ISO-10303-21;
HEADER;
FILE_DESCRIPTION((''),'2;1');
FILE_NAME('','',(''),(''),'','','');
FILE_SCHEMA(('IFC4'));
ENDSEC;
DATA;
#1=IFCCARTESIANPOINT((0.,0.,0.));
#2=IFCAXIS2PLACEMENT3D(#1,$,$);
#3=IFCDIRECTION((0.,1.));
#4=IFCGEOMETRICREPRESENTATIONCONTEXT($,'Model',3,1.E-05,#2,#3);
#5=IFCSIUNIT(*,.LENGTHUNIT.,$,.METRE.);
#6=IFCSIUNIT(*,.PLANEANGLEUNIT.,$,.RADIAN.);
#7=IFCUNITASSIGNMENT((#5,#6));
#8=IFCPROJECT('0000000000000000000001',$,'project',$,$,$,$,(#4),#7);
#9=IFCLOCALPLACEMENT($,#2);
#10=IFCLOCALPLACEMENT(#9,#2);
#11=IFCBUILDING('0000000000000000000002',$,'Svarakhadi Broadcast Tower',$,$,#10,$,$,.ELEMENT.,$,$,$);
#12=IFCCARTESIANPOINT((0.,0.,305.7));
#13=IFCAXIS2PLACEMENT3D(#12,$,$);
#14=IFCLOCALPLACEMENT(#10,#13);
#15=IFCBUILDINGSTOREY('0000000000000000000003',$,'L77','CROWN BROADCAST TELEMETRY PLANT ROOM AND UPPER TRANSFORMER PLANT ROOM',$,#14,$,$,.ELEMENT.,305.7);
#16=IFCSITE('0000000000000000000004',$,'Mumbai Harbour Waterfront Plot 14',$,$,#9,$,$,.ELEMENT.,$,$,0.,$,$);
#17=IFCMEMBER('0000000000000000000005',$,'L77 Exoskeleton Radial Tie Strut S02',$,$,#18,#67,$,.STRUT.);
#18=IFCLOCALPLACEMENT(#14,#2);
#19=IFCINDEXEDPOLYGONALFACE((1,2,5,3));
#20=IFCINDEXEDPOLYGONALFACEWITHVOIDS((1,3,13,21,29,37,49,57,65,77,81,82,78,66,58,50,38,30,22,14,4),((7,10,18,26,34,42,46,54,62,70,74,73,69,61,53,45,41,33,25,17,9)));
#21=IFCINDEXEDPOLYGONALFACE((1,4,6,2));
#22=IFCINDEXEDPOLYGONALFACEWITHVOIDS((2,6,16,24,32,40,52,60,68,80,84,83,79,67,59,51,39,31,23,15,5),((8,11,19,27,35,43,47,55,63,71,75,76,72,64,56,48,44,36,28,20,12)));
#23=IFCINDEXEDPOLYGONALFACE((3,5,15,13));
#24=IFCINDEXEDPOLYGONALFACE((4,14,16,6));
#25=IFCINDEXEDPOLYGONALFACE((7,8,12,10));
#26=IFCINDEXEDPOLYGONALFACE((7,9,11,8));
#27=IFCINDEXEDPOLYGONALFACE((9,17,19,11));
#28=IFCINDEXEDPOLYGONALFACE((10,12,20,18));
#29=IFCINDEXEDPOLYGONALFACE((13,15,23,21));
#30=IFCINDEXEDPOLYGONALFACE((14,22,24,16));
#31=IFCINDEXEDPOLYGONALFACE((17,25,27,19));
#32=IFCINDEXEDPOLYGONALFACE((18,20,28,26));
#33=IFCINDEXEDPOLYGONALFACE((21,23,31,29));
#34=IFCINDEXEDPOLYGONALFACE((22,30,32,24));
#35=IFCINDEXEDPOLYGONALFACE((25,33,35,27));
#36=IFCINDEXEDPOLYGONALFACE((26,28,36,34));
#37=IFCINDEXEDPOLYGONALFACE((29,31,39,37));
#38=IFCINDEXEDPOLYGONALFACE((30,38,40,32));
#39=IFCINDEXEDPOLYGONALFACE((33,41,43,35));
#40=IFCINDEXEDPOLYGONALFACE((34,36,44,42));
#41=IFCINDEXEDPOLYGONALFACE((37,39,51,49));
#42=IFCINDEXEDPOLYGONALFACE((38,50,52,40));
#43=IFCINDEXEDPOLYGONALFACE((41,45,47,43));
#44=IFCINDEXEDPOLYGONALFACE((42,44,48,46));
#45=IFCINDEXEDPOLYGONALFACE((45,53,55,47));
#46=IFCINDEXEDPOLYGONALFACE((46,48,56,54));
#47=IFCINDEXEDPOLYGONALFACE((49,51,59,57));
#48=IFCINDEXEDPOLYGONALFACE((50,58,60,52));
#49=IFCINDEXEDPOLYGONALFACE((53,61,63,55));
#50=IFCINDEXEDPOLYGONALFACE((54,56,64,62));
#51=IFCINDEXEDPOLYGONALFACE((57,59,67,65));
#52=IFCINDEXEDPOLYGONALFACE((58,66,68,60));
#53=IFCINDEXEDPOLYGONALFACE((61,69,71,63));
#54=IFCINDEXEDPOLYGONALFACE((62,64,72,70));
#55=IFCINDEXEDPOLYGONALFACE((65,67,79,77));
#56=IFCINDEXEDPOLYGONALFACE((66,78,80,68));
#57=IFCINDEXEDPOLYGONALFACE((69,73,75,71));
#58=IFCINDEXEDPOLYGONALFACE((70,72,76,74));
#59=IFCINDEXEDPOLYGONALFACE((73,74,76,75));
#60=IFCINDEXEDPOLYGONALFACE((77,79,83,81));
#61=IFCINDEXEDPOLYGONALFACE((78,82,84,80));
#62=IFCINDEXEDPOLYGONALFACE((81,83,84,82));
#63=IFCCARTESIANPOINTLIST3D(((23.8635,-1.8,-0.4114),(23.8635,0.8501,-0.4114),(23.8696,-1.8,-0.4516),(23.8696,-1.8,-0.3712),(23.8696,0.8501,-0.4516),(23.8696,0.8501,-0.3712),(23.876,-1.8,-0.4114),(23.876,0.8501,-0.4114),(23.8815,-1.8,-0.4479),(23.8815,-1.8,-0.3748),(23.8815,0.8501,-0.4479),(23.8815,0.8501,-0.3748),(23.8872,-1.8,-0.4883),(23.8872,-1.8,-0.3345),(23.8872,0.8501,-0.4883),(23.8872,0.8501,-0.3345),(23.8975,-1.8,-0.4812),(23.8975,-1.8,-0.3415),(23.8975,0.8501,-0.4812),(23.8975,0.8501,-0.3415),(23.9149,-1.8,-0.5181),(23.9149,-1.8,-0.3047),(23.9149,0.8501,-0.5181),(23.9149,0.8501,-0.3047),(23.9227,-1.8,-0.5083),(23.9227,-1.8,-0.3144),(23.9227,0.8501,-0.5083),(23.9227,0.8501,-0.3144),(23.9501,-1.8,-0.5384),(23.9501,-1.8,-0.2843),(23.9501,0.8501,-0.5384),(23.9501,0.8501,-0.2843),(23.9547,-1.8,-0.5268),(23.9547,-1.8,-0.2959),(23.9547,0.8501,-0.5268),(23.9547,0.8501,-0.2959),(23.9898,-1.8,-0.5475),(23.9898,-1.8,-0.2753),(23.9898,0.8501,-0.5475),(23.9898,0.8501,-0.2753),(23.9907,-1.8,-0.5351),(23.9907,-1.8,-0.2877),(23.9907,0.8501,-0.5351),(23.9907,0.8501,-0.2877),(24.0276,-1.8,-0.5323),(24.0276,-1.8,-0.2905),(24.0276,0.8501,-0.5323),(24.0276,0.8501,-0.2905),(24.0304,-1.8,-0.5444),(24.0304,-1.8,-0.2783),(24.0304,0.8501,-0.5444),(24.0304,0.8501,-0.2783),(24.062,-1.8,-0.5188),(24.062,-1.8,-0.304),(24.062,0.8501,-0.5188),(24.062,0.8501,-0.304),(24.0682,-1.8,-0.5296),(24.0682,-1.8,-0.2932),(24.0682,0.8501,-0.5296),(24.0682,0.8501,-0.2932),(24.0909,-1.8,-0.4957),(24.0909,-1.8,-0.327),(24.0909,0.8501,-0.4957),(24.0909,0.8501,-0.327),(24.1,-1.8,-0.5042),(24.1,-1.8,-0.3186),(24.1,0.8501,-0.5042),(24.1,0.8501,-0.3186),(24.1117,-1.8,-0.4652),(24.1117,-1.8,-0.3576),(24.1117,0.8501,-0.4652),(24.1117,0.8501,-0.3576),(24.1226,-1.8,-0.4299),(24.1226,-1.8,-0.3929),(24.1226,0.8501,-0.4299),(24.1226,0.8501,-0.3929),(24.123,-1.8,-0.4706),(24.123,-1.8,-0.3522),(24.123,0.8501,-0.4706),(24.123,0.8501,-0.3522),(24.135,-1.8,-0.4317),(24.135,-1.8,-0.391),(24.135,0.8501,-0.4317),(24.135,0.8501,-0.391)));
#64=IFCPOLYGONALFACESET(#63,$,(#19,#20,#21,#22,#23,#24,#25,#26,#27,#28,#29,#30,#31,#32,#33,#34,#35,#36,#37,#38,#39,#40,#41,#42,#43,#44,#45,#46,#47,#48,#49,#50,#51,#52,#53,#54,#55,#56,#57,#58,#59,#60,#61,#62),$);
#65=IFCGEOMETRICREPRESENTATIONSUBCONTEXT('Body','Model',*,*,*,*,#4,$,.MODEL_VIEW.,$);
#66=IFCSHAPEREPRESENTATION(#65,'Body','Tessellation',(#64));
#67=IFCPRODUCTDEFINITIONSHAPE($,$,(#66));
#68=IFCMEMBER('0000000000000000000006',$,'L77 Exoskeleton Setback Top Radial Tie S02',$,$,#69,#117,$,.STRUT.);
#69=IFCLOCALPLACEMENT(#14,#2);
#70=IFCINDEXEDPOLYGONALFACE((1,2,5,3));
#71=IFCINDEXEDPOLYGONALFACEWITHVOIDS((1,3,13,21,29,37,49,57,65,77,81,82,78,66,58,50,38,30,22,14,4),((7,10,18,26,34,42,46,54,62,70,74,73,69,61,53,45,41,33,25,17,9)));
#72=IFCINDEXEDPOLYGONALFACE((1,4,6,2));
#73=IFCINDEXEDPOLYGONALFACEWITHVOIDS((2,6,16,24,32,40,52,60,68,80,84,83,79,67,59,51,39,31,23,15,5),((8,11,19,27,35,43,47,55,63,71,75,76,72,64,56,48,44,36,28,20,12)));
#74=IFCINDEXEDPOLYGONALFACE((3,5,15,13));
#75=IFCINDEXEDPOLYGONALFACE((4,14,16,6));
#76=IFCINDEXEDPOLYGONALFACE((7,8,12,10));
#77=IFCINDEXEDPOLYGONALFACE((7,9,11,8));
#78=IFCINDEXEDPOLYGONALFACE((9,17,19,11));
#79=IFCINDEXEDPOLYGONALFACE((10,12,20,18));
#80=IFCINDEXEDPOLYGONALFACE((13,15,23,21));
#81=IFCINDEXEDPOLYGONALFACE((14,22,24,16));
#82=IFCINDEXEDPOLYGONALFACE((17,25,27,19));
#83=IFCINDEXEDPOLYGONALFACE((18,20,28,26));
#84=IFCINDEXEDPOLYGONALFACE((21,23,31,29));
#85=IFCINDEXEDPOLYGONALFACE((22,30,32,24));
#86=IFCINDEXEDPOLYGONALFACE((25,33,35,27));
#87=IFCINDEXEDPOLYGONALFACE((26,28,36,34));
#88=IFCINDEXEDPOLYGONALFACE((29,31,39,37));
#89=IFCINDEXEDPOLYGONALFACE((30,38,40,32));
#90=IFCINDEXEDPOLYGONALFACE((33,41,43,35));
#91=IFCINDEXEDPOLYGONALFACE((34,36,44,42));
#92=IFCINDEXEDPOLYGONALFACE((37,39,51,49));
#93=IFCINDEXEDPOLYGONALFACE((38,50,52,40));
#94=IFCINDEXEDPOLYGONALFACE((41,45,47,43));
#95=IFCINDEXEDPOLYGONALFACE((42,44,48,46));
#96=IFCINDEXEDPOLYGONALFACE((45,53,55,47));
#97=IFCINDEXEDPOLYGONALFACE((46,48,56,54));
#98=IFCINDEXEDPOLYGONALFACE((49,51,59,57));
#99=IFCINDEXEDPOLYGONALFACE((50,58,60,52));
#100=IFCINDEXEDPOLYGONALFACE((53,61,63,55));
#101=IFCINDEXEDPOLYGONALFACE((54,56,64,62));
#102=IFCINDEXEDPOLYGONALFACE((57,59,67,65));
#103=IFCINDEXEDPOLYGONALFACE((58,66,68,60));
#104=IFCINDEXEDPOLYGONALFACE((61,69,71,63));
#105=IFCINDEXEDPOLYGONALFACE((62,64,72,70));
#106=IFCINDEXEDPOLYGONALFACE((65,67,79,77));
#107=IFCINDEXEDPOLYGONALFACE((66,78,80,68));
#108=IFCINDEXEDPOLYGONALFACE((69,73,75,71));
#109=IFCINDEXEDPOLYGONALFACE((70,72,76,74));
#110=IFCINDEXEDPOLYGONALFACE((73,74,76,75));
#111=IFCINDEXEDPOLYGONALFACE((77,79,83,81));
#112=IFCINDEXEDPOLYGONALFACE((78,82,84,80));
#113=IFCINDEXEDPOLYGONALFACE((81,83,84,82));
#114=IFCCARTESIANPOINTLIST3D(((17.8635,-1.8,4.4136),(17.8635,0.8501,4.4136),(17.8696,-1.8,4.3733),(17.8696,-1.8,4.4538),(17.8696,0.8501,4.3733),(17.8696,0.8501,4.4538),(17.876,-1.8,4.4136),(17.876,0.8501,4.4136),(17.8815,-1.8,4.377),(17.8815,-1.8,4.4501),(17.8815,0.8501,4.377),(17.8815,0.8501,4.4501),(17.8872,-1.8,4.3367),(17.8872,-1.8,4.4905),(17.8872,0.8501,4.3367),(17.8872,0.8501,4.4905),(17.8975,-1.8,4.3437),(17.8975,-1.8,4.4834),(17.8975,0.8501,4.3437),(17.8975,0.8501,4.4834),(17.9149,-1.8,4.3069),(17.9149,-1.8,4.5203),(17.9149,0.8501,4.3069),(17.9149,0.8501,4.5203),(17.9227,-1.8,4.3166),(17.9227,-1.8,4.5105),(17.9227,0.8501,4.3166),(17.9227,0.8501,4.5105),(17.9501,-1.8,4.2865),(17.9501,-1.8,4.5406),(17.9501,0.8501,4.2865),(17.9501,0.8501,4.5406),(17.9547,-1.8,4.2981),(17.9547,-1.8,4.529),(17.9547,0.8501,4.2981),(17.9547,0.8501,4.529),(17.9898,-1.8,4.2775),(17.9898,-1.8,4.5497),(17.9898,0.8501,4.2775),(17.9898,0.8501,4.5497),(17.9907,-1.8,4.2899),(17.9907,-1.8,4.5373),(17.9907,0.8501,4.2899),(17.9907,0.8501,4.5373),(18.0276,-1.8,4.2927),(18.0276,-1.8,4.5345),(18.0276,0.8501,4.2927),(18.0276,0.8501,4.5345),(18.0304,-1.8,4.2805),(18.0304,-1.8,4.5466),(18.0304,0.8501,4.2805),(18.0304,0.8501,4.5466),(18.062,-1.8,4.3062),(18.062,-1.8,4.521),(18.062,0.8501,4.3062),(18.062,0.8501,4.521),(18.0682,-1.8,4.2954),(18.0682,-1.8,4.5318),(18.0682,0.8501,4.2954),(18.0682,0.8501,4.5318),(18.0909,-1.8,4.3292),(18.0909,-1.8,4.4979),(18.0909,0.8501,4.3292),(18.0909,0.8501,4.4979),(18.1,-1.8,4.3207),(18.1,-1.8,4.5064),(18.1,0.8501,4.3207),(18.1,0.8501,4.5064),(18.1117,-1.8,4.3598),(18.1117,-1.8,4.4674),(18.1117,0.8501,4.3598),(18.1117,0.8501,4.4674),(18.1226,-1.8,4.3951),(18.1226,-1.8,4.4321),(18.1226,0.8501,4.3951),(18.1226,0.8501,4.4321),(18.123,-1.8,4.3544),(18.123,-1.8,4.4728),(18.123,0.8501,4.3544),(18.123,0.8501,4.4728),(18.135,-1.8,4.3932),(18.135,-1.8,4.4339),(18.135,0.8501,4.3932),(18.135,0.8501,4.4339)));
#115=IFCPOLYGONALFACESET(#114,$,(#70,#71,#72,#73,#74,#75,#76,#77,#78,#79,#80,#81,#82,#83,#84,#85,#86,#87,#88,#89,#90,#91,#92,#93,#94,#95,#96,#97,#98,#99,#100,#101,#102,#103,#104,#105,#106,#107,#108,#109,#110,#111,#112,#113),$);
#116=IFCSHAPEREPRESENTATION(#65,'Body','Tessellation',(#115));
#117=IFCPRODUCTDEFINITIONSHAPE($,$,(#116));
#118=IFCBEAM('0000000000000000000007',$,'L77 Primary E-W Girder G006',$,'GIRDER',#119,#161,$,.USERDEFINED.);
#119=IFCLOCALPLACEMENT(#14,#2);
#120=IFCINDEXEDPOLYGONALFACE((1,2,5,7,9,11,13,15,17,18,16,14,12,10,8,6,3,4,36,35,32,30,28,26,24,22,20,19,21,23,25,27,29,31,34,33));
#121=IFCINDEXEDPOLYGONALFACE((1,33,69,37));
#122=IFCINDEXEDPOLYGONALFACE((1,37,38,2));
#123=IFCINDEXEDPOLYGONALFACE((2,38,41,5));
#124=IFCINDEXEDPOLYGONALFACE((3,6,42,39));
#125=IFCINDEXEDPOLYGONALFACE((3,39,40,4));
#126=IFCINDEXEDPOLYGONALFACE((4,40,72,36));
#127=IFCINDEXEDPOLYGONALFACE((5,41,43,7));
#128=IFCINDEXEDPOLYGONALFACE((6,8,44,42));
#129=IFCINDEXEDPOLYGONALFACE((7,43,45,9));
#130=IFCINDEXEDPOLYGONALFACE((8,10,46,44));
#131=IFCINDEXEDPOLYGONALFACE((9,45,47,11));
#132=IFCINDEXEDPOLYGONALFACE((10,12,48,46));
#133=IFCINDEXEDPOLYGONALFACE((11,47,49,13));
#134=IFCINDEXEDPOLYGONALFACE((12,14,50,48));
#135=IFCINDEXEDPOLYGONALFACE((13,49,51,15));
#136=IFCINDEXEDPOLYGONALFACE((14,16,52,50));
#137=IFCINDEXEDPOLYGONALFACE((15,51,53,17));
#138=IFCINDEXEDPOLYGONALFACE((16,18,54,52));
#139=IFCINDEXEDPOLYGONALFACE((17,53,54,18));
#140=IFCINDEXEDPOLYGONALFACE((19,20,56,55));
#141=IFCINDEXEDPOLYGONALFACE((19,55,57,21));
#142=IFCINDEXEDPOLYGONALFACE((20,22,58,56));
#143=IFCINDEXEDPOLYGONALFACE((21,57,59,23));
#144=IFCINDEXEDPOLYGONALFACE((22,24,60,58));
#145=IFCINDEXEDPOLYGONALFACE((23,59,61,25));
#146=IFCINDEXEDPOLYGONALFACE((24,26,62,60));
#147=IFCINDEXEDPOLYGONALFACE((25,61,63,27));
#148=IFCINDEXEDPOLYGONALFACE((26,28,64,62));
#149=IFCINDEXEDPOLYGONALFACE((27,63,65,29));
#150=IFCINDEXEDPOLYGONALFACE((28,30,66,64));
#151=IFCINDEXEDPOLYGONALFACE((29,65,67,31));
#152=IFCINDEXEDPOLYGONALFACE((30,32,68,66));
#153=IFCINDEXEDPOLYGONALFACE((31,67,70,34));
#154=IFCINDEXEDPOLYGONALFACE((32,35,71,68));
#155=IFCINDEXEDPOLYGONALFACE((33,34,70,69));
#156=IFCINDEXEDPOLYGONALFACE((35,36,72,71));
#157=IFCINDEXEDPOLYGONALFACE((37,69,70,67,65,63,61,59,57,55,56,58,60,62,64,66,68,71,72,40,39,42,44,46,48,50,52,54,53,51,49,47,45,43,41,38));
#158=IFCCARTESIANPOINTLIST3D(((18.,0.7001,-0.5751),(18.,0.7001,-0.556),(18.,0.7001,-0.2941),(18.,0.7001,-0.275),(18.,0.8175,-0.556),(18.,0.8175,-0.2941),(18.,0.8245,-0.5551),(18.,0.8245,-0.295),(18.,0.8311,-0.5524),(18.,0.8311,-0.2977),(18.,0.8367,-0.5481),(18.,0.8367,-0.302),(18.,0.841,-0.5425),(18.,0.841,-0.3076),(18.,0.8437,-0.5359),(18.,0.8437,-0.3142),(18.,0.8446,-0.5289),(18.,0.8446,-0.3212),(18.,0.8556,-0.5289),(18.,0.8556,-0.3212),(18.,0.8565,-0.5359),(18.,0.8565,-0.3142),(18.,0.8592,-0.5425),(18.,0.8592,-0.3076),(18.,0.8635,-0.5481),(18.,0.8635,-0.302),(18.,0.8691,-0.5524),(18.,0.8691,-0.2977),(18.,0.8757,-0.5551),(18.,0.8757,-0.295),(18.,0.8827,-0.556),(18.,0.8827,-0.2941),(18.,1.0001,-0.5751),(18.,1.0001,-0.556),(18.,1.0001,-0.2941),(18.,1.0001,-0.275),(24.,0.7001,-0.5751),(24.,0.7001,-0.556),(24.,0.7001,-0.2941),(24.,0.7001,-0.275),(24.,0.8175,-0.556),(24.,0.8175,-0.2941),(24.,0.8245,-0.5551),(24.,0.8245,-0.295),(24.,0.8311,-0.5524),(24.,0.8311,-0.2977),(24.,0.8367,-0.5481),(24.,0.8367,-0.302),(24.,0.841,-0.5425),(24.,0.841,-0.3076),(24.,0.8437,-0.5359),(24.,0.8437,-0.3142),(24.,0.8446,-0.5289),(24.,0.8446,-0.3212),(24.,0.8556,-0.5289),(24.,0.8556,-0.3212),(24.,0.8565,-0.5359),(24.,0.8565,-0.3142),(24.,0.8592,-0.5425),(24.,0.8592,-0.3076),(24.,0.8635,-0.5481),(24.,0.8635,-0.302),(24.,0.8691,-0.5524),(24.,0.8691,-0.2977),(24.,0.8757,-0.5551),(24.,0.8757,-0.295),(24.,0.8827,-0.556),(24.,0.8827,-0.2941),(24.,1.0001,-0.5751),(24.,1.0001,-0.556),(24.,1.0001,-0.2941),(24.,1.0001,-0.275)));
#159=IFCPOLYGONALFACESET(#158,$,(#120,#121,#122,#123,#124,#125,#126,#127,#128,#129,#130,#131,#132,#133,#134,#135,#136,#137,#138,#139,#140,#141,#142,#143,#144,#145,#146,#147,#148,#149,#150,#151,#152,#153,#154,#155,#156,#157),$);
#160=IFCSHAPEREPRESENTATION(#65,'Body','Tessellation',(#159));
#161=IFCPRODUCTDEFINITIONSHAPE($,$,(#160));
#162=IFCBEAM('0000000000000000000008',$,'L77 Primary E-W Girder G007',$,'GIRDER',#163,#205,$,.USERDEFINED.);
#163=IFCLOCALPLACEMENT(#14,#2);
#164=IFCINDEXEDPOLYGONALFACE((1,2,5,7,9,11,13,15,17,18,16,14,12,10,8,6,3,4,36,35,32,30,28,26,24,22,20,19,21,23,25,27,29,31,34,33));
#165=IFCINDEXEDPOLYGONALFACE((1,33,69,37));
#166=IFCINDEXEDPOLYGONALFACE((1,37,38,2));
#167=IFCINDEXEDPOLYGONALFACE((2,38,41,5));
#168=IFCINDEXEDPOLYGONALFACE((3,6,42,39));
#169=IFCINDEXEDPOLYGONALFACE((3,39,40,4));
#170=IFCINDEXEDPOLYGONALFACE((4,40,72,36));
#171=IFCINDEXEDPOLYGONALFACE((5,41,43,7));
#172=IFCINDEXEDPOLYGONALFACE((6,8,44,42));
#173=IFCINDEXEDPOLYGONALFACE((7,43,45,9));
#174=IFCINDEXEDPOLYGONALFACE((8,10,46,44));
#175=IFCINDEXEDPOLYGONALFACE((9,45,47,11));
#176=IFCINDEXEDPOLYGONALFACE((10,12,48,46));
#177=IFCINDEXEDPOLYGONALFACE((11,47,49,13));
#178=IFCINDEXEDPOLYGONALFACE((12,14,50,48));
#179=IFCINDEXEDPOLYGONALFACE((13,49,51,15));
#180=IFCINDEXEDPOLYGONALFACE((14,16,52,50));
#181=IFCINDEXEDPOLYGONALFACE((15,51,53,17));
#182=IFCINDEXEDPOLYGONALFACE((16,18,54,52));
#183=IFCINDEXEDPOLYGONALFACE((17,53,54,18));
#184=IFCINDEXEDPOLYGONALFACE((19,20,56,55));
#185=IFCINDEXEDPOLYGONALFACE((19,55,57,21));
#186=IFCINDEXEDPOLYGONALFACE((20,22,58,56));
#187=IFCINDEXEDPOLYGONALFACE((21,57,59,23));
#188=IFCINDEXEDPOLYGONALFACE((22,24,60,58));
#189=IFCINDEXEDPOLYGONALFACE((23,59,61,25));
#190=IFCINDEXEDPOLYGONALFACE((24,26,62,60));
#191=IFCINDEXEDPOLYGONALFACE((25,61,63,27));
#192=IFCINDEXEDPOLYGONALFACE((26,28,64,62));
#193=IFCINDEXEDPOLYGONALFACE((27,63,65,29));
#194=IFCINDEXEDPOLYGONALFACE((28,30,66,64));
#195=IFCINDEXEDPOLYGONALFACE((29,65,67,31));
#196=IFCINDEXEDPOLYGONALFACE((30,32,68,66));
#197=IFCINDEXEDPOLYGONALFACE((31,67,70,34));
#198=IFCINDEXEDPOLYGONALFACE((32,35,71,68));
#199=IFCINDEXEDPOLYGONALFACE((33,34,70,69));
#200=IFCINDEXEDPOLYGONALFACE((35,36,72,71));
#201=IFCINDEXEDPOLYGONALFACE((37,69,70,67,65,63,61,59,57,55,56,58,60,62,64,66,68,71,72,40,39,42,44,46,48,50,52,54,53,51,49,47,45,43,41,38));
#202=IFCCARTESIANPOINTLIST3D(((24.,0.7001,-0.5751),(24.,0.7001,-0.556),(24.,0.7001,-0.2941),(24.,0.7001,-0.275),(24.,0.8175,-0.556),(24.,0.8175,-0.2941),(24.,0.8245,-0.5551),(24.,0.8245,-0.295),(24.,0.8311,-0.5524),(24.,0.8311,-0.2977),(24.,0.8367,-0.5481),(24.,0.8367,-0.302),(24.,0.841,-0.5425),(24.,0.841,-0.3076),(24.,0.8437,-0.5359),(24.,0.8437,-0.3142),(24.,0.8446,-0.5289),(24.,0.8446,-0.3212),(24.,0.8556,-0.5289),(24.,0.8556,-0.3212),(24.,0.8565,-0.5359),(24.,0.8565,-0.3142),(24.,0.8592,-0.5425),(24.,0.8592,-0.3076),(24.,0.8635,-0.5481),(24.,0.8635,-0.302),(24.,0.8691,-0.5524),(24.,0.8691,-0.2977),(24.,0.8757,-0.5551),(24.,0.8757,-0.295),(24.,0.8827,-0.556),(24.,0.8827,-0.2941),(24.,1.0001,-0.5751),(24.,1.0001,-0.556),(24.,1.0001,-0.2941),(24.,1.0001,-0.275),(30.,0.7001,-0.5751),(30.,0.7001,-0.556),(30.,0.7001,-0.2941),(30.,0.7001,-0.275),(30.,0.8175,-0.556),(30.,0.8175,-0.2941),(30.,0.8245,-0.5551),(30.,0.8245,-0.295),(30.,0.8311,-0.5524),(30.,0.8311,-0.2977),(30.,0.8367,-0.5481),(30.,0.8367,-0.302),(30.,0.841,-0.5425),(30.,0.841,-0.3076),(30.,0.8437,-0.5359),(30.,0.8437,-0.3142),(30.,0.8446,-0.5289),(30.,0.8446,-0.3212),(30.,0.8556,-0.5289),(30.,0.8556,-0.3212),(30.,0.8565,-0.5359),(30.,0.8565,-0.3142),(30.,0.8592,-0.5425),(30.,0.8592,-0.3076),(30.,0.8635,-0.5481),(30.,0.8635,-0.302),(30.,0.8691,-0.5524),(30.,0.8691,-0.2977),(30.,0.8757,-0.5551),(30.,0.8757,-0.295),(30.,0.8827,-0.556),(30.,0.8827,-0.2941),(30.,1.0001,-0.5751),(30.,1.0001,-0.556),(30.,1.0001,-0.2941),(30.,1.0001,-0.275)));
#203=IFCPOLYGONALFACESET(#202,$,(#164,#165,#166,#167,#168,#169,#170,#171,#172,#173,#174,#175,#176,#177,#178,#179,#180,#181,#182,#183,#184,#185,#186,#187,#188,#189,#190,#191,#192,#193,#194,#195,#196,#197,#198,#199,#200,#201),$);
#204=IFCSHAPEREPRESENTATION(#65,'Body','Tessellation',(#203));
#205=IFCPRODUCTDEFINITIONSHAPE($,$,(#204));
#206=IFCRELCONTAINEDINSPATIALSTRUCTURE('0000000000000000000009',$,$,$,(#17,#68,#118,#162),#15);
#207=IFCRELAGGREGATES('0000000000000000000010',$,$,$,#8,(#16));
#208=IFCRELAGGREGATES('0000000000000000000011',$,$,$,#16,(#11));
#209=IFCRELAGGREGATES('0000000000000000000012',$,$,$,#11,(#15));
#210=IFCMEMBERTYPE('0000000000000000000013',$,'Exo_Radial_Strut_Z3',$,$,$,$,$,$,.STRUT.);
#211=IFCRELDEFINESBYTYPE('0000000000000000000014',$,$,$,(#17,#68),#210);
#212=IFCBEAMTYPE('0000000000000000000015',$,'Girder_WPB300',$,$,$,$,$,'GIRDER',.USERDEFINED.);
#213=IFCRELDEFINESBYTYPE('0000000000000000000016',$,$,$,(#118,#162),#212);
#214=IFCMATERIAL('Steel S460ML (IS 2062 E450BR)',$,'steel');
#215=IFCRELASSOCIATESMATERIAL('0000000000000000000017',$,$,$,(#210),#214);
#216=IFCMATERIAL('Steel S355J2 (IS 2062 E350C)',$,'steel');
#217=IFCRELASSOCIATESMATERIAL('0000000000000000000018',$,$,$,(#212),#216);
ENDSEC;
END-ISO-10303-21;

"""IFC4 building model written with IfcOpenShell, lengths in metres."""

from ifc_helpers import new_model, si_unit, direction, frame, origin, origin_2d, place, context, subcontext, project, spatial, hollow_circle, i_section, extrude, material, material_profile, profile_set, type_object, element, save


model = new_model("IFC4")

# Units and contexts
model_context = context("Model", 3, precision=1e-05, world=origin(), true_north=direction((0.0, 1.0)))
body_context = subcontext(model_context, "Body", "Model", "MODEL_VIEW")
ifc_project = project(units=[si_unit("LENGTHUNIT", "METRE"), si_unit("PLANEANGLEUNIT", "RADIAN")], contexts=[model_context])

# Site, building, storey
site_placement = place(None, origin())
site = spatial("IfcSite", under=ifc_project, at=site_placement, Name="Mumbai Harbour Waterfront Plot 14", CompositionType="ELEMENT", RefElevation=0.0)
building_placement = place(site_placement, origin())
building = spatial("IfcBuilding", under=site, at=building_placement, Name="Svarakhadi Broadcast Tower", CompositionType="ELEMENT")
storey_placement = place(building_placement, frame((0.0, 0.0, 305.7)))
storey = spatial("IfcBuildingStorey", under=building, at=storey_placement, Name="L77", Description="CROWN BROADCAST TELEMETRY PLANT ROOM AND UPPER TRANSFORMER PLANT ROOM", CompositionType="ELEMENT", Elevation=305.7)

# Shared definitions
ifc_material_1 = material(Name="Steel S460ML (IS 2062 E450BR)", Category="steel")

# Shared definitions
ifc_material_2 = material(Name="Steel S355J2 (IS 2062 E350C)", Category="steel")

# Members
ifc_material_profile_1 = material_profile(ifc_material_1, hollow_circle(Radius=0.1365, WallThickness=0.0125, at=origin_2d()), Name="CHS 273x12.5")
ifc_profile_set_1 = profile_set([ifc_material_profile_1], Name="Steel S460ML (IS 2062 E450BR)")
member_type_1 = type_object("IfcMemberType", Name="Exo_Radial_Strut_Z3", PredefinedType="STRUT", material=ifc_profile_set_1)
for number, where, z_axis, x_axis, name in (
    (1, (24.0, -1.8, -0.4114), (0.0, 1.0, 0.0), (-1.0, 0.0, 0.0), "L77 Exoskeleton Radial Tie Strut S02"),
    (2, (18.0, -1.8, 4.4136), (0.0, 1.0, 0.0), (-1.0, 0.0, 0.0), "L77 Exoskeleton Setback Top Radial Tie S02"),
):
    element("IfcMember", number, at=place(storey_placement, frame(where, z_axis=z_axis, x_axis=x_axis)), inside=storey, type_object=member_type_1, Name=name, PredefinedType="STRUT", context=body_context, shape_type="SweptSolid", body=[
        extrude(hollow_circle(Radius=0.1365, WallThickness=0.0125, at=origin_2d()), origin(), (0.0, 0.0, 1.0), 2.6501),
    ])

# Beams
ifc_material_profile_2 = material_profile(ifc_material_2, i_section(OverallWidth=0.3, OverallDepth=0.3, WebThickness=0.011, FlangeThickness=0.019, FilletRadius=0.0271, at=origin_2d()), Name="WPB 300x300x117")
ifc_profile_set_2 = profile_set([ifc_material_profile_2], Name="Steel S355J2 (IS 2062 E350C)")
beam_type_1 = type_object("IfcBeamType", Name="Girder_WPB300", ElementType="GIRDER", PredefinedType="USERDEFINED", material=ifc_profile_set_2)
for number, where, z_axis, x_axis, name in (
    (3, (18.0, 0.8501, -0.425), (1.0, 0.0, 0.0), (0.0, 1.0, 0.0), "L77 Primary E-W Girder G006"),
    (4, (24.0, 0.8501, -0.425), (1.0, 0.0, 0.0), (0.0, 1.0, 0.0), "L77 Primary E-W Girder G007"),
):
    element("IfcBeam", number, at=place(storey_placement, frame(where, z_axis=z_axis, x_axis=x_axis)), inside=storey, type_object=beam_type_1, Name=name, ObjectType="GIRDER", PredefinedType="USERDEFINED", context=body_context, shape_type="SweptSolid", body=[
        extrude(i_section(OverallWidth=0.3, OverallDepth=0.3, WebThickness=0.011, FlangeThickness=0.019, FilletRadius=0.0271, at=origin_2d()), origin(), (0.0, 0.0, 1.0), 6.0),
    ])

save(model, "model.ifc")
